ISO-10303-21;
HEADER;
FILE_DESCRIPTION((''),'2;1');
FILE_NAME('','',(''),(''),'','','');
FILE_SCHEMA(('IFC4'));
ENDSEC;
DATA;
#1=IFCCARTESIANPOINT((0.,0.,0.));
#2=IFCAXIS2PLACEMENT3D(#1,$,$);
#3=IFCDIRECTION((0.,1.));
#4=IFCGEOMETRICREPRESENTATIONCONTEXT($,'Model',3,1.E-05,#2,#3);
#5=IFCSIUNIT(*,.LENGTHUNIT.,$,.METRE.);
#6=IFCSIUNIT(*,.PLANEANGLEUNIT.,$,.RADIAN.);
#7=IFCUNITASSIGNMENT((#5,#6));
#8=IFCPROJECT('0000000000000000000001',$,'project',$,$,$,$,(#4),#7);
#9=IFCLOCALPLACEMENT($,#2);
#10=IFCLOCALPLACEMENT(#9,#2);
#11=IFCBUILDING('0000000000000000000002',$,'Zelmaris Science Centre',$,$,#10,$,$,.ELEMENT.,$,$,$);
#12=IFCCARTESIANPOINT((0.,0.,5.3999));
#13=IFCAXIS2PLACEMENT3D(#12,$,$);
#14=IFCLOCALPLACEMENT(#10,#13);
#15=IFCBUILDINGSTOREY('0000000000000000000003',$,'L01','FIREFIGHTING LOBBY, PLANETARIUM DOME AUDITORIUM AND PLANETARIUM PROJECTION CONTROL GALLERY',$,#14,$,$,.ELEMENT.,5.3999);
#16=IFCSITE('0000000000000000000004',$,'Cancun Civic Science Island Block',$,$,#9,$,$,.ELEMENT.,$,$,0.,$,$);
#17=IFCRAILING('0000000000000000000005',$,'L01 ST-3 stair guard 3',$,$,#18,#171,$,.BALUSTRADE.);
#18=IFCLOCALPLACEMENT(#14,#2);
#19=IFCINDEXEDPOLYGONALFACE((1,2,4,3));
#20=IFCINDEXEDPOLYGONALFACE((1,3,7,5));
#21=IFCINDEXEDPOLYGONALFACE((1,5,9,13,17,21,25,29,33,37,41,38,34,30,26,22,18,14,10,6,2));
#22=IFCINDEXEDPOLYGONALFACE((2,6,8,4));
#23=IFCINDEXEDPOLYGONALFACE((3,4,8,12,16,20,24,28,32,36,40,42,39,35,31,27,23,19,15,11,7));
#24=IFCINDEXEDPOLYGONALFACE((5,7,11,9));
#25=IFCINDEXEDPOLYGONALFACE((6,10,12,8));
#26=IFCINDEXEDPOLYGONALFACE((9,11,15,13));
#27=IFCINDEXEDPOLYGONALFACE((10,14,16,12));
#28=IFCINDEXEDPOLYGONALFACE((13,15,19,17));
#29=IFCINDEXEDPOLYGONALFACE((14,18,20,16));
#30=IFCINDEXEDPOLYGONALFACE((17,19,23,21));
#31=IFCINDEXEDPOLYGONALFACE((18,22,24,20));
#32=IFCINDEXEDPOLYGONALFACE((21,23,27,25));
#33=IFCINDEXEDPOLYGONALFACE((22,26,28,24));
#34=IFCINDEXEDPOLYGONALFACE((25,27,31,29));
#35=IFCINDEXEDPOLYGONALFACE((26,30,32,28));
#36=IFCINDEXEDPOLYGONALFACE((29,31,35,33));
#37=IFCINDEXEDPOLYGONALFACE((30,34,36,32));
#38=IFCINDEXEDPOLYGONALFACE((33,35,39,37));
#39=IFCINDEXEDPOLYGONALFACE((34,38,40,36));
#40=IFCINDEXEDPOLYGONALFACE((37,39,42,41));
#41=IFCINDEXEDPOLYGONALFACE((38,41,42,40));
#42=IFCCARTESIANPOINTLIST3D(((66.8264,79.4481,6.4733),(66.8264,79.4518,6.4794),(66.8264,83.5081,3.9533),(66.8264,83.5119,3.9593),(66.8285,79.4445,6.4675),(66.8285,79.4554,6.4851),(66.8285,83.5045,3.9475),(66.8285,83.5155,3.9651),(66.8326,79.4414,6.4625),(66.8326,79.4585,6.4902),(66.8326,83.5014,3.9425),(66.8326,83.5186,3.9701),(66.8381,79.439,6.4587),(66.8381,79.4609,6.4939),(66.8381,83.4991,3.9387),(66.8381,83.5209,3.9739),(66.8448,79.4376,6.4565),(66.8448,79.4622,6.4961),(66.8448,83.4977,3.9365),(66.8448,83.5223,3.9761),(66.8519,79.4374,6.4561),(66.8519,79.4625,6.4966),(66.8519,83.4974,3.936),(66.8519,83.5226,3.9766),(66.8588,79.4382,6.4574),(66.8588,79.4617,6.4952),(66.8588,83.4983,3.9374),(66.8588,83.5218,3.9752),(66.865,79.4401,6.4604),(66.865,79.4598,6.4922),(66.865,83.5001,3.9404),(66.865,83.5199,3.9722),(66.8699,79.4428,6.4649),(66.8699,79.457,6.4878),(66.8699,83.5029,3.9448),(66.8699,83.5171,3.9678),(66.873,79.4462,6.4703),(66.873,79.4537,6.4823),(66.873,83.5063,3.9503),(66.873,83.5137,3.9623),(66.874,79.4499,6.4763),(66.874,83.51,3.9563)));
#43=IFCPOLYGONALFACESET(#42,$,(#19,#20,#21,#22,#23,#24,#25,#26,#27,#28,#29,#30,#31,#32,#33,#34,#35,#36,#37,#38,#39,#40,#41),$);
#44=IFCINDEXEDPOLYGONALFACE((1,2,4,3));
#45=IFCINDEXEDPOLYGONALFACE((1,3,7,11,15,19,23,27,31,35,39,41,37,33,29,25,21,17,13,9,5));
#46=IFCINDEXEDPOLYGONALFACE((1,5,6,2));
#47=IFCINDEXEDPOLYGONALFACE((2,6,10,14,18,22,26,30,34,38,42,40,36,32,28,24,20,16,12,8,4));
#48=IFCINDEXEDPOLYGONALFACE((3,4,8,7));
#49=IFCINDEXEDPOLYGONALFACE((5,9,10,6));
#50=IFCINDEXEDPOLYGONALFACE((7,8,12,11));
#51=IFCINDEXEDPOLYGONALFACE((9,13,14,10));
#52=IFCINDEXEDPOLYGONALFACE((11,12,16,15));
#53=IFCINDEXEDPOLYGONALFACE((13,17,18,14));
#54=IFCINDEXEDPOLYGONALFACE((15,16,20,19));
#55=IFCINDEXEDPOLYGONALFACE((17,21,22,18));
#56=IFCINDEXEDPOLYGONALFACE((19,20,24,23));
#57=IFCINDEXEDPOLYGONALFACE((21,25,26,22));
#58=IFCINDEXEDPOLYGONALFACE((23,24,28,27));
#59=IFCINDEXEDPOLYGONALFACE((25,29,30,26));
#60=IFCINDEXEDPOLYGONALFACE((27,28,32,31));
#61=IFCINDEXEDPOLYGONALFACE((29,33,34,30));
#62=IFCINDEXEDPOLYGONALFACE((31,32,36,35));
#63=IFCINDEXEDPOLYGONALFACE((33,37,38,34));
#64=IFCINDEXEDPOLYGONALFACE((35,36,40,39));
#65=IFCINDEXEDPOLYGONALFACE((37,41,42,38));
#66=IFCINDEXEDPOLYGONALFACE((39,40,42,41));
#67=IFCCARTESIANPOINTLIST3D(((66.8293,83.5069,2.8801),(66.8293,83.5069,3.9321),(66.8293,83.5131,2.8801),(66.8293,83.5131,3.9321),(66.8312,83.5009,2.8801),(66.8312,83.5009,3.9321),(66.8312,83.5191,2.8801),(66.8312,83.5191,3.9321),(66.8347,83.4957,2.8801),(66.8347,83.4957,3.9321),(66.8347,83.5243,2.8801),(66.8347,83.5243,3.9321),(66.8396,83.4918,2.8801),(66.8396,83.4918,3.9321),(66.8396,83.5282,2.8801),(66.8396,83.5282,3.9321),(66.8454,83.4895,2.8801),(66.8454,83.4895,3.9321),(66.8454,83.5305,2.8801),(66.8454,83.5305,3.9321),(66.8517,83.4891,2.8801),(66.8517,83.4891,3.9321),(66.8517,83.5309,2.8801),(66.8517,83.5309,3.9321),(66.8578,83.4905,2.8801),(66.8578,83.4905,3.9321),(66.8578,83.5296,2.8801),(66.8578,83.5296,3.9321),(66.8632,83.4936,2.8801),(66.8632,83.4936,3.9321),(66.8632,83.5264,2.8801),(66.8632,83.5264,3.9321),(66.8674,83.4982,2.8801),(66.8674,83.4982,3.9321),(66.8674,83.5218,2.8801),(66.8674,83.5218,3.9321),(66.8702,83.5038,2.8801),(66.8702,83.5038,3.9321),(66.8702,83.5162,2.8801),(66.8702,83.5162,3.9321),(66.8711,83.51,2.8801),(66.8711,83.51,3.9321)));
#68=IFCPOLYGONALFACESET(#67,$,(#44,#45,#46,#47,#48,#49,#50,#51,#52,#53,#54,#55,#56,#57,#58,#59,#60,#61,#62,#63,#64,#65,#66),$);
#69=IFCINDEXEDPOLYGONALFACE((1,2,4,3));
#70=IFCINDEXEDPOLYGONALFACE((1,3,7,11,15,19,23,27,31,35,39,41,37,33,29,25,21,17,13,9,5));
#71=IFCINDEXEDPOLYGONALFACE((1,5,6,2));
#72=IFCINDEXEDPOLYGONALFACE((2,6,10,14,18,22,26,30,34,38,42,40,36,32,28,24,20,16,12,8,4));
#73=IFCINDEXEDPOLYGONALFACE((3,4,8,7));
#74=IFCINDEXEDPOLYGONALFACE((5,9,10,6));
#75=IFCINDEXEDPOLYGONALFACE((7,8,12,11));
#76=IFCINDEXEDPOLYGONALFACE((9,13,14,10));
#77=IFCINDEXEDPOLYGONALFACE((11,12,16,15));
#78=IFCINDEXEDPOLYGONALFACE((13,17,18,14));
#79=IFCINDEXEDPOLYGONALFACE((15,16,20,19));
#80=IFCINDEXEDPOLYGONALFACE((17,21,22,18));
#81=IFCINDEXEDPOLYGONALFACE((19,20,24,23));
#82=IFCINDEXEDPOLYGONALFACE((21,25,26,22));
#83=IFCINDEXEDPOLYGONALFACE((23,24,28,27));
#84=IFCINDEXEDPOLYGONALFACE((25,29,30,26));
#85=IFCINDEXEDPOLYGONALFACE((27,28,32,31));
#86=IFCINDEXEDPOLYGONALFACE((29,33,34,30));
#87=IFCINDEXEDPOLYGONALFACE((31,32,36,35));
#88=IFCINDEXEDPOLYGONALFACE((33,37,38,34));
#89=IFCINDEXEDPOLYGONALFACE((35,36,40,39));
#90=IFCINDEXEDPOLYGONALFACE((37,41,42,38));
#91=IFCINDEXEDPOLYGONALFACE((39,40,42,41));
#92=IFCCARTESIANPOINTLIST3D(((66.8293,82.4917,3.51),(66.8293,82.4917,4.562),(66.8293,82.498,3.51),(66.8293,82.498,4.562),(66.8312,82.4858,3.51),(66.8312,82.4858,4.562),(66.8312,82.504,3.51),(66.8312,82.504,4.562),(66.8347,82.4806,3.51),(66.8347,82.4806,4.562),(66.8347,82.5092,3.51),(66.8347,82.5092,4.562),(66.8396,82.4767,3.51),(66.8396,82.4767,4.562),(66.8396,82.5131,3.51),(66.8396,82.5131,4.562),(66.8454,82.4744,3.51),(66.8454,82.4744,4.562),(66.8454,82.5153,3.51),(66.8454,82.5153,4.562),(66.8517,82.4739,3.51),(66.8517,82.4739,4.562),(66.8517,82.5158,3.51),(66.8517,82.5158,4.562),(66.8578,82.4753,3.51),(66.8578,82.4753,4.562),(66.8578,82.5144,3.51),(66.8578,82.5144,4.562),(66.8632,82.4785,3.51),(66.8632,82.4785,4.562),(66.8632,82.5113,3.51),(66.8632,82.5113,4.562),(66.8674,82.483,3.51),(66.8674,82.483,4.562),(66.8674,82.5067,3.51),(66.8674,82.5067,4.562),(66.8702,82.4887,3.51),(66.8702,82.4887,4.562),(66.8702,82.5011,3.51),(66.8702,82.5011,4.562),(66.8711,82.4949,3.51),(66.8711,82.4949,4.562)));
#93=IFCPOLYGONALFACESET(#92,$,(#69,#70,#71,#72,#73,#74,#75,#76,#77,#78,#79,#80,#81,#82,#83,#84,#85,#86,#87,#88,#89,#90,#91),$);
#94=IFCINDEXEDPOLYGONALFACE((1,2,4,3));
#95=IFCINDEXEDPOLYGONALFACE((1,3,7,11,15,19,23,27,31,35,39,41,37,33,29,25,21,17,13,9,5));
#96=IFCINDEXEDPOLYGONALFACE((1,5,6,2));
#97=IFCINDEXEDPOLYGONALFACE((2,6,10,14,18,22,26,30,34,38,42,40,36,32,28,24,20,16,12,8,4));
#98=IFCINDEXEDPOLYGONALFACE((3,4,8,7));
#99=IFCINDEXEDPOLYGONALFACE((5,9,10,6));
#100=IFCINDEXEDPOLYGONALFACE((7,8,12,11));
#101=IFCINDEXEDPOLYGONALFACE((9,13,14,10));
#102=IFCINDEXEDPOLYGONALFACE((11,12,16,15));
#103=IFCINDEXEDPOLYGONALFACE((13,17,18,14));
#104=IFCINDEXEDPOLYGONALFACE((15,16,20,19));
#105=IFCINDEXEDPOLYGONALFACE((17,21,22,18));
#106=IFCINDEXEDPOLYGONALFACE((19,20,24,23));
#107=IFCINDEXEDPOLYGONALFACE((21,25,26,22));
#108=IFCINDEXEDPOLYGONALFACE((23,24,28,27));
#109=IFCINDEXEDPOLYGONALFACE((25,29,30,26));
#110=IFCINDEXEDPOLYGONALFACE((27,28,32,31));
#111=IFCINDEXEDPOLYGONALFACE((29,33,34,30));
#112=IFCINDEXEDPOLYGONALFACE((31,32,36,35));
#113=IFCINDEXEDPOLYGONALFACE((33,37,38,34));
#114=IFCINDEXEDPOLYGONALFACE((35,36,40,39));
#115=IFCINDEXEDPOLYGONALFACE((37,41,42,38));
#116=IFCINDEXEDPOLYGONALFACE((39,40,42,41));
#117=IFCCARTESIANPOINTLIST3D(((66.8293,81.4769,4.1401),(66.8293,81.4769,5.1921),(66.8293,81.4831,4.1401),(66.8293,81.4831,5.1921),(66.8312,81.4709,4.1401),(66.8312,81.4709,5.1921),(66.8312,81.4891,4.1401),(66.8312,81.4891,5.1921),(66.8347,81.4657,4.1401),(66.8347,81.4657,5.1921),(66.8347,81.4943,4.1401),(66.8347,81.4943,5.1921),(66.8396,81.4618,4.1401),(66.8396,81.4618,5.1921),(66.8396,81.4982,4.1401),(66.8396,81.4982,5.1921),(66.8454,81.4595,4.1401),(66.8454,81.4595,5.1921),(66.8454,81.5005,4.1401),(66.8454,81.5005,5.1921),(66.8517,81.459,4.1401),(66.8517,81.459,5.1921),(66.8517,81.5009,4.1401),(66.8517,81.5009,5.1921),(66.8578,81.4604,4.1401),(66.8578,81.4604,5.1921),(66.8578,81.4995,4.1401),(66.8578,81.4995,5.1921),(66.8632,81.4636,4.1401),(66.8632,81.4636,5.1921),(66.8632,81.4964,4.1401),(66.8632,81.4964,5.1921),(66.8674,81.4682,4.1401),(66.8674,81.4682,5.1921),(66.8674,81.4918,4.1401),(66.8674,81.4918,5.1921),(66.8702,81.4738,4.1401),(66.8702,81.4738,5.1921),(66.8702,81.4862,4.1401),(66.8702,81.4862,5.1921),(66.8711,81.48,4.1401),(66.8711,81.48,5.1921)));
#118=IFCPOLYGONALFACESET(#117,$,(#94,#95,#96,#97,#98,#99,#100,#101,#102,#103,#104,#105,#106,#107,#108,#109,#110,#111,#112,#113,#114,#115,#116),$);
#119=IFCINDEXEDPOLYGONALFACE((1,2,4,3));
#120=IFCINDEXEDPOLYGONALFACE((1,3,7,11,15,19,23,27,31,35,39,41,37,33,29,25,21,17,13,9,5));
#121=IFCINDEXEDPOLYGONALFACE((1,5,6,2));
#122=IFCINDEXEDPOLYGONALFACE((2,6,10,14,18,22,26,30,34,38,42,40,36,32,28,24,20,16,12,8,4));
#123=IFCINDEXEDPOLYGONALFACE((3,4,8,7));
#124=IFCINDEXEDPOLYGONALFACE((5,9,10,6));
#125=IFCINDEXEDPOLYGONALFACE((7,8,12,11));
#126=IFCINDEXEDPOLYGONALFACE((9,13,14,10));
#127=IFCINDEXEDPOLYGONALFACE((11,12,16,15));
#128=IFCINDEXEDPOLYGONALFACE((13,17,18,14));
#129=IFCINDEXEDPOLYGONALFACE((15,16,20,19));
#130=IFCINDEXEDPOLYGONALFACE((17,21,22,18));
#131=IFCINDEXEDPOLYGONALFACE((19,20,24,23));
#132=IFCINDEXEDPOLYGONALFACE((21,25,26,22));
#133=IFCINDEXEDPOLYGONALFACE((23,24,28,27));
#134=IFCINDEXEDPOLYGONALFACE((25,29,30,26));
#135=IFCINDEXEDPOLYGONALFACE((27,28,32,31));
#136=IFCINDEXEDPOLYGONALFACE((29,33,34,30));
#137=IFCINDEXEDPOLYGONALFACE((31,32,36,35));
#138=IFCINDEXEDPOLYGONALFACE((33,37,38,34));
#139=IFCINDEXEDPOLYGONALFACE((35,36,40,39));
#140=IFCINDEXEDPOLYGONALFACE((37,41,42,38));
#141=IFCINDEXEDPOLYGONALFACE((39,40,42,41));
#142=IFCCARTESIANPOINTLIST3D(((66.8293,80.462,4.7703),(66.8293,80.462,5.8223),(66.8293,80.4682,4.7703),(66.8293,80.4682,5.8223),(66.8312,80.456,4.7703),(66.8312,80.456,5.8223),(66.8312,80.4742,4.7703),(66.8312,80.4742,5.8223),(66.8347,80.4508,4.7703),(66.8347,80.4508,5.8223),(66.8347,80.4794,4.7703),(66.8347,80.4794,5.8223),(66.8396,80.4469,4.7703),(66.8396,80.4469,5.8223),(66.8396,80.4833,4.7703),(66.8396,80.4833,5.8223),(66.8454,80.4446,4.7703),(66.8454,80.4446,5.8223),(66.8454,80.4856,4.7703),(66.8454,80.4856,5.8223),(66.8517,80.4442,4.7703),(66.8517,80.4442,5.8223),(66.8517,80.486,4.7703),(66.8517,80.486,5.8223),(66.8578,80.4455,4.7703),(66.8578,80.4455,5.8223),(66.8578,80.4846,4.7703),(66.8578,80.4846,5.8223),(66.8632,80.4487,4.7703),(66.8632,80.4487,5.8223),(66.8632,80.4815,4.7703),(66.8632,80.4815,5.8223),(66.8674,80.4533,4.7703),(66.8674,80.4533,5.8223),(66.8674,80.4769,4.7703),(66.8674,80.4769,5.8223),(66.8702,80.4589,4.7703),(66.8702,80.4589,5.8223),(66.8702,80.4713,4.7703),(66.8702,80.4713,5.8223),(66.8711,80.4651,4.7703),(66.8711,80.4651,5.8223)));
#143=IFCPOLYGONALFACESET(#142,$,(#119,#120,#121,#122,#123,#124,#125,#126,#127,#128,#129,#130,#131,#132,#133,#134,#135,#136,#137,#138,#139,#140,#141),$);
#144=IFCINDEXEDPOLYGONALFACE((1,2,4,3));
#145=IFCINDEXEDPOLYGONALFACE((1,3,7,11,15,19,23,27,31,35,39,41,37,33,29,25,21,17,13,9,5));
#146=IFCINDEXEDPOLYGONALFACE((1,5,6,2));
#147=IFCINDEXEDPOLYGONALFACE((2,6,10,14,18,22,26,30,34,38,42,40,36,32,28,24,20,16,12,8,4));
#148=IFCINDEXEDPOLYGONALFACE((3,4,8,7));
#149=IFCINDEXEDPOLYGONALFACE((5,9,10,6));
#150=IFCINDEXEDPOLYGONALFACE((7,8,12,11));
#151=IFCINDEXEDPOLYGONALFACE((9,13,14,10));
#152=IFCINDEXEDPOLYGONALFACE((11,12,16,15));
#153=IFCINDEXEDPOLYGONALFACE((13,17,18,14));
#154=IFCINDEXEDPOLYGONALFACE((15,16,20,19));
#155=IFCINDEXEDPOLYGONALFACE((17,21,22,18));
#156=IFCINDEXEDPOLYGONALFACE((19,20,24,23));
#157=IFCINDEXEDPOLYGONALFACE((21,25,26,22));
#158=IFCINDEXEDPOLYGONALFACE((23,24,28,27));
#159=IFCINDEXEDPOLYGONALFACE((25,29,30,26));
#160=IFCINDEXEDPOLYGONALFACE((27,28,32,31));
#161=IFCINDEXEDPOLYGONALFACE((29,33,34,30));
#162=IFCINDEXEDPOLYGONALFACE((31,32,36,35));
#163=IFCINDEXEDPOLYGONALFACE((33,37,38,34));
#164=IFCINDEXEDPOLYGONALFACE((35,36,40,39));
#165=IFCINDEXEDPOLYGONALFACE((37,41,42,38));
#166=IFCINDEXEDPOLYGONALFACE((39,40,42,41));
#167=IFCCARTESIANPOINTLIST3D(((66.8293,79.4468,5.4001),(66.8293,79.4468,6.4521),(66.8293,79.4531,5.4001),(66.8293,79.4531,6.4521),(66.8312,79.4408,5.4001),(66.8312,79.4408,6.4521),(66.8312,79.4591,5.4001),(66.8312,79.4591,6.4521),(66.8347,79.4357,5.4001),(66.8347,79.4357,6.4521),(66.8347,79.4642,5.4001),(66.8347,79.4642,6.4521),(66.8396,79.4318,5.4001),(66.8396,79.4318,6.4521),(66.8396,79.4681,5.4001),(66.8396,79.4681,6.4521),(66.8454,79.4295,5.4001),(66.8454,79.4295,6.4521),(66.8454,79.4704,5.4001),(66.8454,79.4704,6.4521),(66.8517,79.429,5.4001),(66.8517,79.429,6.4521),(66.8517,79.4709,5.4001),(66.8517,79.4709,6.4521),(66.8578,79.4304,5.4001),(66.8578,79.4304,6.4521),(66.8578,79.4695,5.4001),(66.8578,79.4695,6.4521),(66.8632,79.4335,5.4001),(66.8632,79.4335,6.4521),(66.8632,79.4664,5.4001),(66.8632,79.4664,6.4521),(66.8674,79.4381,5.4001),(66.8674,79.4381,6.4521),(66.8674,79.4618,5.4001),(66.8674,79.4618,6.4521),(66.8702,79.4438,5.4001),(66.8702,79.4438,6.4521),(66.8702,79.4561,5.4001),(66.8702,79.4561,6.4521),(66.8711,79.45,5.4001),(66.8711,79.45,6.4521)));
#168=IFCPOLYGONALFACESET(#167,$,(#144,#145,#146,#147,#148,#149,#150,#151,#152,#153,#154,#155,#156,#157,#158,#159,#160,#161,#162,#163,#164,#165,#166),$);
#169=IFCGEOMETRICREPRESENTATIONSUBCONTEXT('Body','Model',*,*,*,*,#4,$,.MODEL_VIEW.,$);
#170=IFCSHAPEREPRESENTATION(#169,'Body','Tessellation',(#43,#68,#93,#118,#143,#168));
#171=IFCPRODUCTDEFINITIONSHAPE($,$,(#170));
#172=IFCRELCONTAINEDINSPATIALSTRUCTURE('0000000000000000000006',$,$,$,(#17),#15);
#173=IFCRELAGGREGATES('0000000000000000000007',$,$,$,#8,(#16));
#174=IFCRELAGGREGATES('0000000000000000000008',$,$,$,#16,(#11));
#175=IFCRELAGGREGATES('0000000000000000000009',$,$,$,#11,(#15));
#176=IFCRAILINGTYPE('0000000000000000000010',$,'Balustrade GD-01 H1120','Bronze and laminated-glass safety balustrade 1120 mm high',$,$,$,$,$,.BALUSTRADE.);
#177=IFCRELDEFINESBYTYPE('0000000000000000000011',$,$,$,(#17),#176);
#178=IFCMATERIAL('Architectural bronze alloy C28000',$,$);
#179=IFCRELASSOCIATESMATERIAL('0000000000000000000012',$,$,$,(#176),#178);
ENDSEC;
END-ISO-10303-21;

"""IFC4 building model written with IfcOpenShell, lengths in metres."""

from ifc_helpers import new_model, si_unit, direction, frame, origin, origin_2d, place, context, subcontext, project, spatial, circle, extrude, material, type_object, element, save


model = new_model("IFC4")

# Units and contexts
model_context = context("Model", 3, precision=1e-05, world=origin(), true_north=direction((0.0, 1.0)))
body_context = subcontext(model_context, "Body", "Model", "MODEL_VIEW")
ifc_project = project(units=[si_unit("LENGTHUNIT", "METRE"), si_unit("PLANEANGLEUNIT", "RADIAN")], contexts=[model_context])

# Site, building, storey
site_placement = place(None, origin())
site = spatial("IfcSite", under=ifc_project, at=site_placement, Name="Cancun Civic Science Island Block", CompositionType="ELEMENT", RefElevation=0.0)
building_placement = place(site_placement, origin())
building = spatial("IfcBuilding", under=site, at=building_placement, Name="Zelmaris Science Centre", CompositionType="ELEMENT")
storey_placement = place(building_placement, frame((0.0, 0.0, 5.3999)))
storey = spatial("IfcBuildingStorey", under=building, at=storey_placement, Name="L01", Description="FIREFIGHTING LOBBY, PLANETARIUM DOME AUDITORIUM AND PLANETARIUM PROJECTION CONTROL GALLERY", CompositionType="ELEMENT", Elevation=5.3999)

# Railing
ifc_material_1 = material(Name="Architectural bronze alloy C28000")
railing_type_1 = type_object("IfcRailingType", Name="Balustrade GD-01 H1120", Description="Bronze and laminated-glass safety balustrade 1120 mm high", PredefinedType="BALUSTRADE", material=ifc_material_1)
railing_1_placement = place(storey_placement, frame((66.8501, 83.51, 2.8801)))
element("IfcRailing", 1, at=railing_1_placement, inside=storey, type_object=railing_type_1, Name="L01 ST-3 stair guard 3", PredefinedType="BALUSTRADE", context=body_context, shape_type="SweptSolid", body=[
    extrude(circle(Radius=0.0239, at=origin_2d()), frame((0.0, 0.0, 1.0762), z_axis=(0.0, -0.849642, 0.52736), x_axis=(1.0, 0.0, 0.0)), (0.0, 0.0, 1.0), 4.7786),
    extrude(circle(Radius=0.021, at=origin_2d()), origin(), (0.0, 0.0, 1.0), 1.052),
    extrude(circle(Radius=0.021, at=origin_2d()), frame((0.0, -1.0151, 0.6299)), (0.0, 0.0, 1.0), 1.052),
    extrude(circle(Radius=0.021, at=origin_2d()), frame((0.0, -2.03, 1.26)), (0.0, 0.0, 1.0), 1.052),
    extrude(circle(Radius=0.021, at=origin_2d()), frame((0.0, -3.0449, 1.8901)), (0.0, 0.0, 1.0), 1.052),
    extrude(circle(Radius=0.021, at=origin_2d()), frame((0.0, -4.0601, 2.52)), (0.0, 0.0, 1.0), 1.052),
])

save(model, "model.ifc")
